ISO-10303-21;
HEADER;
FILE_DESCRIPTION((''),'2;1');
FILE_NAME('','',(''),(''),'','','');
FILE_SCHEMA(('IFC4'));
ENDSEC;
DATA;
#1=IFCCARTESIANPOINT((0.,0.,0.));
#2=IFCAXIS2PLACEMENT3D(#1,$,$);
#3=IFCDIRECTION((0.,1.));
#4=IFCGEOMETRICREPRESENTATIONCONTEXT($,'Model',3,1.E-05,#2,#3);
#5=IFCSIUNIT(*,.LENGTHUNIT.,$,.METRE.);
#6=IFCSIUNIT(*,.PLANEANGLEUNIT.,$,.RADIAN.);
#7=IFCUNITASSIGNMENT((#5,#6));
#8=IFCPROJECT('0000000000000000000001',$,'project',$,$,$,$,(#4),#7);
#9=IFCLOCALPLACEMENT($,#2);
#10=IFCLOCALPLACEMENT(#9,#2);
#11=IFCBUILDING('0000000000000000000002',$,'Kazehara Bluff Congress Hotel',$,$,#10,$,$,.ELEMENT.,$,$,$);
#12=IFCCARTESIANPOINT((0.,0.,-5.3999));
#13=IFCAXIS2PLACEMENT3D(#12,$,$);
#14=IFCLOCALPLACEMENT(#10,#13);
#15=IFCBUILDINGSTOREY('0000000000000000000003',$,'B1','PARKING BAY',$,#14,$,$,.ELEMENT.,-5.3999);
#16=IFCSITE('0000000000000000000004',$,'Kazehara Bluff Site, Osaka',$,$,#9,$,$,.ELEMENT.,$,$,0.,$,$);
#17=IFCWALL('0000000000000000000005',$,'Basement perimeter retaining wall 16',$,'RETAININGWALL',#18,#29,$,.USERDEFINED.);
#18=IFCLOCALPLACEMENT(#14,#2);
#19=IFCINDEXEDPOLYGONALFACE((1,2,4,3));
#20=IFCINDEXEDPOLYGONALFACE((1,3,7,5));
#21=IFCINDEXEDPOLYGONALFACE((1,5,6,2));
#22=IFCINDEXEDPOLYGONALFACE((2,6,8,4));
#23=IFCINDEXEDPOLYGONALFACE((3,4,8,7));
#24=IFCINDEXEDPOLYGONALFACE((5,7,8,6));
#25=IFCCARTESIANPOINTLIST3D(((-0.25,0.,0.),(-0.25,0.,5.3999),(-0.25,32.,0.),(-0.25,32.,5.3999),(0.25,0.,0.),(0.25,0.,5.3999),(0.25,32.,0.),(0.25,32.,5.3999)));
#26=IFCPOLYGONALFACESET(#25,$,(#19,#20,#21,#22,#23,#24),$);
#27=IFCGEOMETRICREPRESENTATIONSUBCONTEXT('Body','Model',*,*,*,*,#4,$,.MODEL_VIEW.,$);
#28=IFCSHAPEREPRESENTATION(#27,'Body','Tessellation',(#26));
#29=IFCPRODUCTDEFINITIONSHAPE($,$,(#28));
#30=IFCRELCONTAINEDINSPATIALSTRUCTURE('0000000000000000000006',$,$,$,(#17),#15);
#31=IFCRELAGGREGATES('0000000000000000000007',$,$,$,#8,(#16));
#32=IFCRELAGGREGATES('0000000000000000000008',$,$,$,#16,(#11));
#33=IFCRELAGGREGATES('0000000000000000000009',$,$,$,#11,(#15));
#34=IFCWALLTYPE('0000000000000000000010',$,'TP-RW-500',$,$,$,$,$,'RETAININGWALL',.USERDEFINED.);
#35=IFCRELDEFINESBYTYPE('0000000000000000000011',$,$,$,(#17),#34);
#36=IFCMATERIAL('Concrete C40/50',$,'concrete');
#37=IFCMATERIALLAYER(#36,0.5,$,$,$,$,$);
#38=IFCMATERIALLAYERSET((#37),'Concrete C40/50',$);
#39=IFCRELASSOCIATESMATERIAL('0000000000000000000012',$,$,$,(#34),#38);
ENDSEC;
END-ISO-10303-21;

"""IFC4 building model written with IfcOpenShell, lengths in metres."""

from ifc_helpers import new_model, si_unit, direction, frame, frame_2d, origin, place, context, subcontext, project, spatial, rectangle, extrude, material, layer, layer_set, type_object, element, save


model = new_model("IFC4")

# Units and contexts
model_context = context("Model", 3, precision=1e-05, world=origin(), true_north=direction((0.0, 1.0)))
body_context = subcontext(model_context, "Body", "Model", "MODEL_VIEW")
ifc_project = project(units=[si_unit("LENGTHUNIT", "METRE"), si_unit("PLANEANGLEUNIT", "RADIAN")], contexts=[model_context])

# Site, building, storey
site_placement = place(None, origin())
site = spatial("IfcSite", under=ifc_project, at=site_placement, Name="Kazehara Bluff Site, Osaka", CompositionType="ELEMENT", RefElevation=0.0)
building_placement = place(site_placement, origin())
building = spatial("IfcBuilding", under=site, at=building_placement, Name="Kazehara Bluff Congress Hotel", CompositionType="ELEMENT")
storey_placement = place(building_placement, frame((0.0, 0.0, -5.3999)))
storey = spatial("IfcBuildingStorey", under=building, at=storey_placement, Name="B1", Description="PARKING BAY", CompositionType="ELEMENT", Elevation=-5.3999)

# Wall
ifc_material_1 = material(Name="Concrete C40/50", Category="concrete")
ifc_layer_1 = layer(ifc_material_1, 0.5)
ifc_layer_set_1 = layer_set([ifc_layer_1], Name="Concrete C40/50")
wall_type = type_object("IfcWallType", Name="TP-RW-500", ElementType="RETAININGWALL", PredefinedType="USERDEFINED", material=ifc_layer_set_1)
wall_placement = place(storey_placement, frame((0.0, 32.0, 0.0), z_axis=(0.0, 0.0, 1.0), x_axis=(0.0, -1.0, 0.0)))
element("IfcWall", 1, at=wall_placement, inside=storey, type_object=wall_type, Name="Basement perimeter retaining wall 16", ObjectType="RETAININGWALL", PredefinedType="USERDEFINED", context=body_context, shape_type="SweptSolid", body=[
    extrude(rectangle(XDim=32.0, YDim=0.5, at=frame_2d((16.0, 0.0))), origin(), (0.0, 0.0, 1.0), 5.3999),
])

save(model, "model.ifc")
